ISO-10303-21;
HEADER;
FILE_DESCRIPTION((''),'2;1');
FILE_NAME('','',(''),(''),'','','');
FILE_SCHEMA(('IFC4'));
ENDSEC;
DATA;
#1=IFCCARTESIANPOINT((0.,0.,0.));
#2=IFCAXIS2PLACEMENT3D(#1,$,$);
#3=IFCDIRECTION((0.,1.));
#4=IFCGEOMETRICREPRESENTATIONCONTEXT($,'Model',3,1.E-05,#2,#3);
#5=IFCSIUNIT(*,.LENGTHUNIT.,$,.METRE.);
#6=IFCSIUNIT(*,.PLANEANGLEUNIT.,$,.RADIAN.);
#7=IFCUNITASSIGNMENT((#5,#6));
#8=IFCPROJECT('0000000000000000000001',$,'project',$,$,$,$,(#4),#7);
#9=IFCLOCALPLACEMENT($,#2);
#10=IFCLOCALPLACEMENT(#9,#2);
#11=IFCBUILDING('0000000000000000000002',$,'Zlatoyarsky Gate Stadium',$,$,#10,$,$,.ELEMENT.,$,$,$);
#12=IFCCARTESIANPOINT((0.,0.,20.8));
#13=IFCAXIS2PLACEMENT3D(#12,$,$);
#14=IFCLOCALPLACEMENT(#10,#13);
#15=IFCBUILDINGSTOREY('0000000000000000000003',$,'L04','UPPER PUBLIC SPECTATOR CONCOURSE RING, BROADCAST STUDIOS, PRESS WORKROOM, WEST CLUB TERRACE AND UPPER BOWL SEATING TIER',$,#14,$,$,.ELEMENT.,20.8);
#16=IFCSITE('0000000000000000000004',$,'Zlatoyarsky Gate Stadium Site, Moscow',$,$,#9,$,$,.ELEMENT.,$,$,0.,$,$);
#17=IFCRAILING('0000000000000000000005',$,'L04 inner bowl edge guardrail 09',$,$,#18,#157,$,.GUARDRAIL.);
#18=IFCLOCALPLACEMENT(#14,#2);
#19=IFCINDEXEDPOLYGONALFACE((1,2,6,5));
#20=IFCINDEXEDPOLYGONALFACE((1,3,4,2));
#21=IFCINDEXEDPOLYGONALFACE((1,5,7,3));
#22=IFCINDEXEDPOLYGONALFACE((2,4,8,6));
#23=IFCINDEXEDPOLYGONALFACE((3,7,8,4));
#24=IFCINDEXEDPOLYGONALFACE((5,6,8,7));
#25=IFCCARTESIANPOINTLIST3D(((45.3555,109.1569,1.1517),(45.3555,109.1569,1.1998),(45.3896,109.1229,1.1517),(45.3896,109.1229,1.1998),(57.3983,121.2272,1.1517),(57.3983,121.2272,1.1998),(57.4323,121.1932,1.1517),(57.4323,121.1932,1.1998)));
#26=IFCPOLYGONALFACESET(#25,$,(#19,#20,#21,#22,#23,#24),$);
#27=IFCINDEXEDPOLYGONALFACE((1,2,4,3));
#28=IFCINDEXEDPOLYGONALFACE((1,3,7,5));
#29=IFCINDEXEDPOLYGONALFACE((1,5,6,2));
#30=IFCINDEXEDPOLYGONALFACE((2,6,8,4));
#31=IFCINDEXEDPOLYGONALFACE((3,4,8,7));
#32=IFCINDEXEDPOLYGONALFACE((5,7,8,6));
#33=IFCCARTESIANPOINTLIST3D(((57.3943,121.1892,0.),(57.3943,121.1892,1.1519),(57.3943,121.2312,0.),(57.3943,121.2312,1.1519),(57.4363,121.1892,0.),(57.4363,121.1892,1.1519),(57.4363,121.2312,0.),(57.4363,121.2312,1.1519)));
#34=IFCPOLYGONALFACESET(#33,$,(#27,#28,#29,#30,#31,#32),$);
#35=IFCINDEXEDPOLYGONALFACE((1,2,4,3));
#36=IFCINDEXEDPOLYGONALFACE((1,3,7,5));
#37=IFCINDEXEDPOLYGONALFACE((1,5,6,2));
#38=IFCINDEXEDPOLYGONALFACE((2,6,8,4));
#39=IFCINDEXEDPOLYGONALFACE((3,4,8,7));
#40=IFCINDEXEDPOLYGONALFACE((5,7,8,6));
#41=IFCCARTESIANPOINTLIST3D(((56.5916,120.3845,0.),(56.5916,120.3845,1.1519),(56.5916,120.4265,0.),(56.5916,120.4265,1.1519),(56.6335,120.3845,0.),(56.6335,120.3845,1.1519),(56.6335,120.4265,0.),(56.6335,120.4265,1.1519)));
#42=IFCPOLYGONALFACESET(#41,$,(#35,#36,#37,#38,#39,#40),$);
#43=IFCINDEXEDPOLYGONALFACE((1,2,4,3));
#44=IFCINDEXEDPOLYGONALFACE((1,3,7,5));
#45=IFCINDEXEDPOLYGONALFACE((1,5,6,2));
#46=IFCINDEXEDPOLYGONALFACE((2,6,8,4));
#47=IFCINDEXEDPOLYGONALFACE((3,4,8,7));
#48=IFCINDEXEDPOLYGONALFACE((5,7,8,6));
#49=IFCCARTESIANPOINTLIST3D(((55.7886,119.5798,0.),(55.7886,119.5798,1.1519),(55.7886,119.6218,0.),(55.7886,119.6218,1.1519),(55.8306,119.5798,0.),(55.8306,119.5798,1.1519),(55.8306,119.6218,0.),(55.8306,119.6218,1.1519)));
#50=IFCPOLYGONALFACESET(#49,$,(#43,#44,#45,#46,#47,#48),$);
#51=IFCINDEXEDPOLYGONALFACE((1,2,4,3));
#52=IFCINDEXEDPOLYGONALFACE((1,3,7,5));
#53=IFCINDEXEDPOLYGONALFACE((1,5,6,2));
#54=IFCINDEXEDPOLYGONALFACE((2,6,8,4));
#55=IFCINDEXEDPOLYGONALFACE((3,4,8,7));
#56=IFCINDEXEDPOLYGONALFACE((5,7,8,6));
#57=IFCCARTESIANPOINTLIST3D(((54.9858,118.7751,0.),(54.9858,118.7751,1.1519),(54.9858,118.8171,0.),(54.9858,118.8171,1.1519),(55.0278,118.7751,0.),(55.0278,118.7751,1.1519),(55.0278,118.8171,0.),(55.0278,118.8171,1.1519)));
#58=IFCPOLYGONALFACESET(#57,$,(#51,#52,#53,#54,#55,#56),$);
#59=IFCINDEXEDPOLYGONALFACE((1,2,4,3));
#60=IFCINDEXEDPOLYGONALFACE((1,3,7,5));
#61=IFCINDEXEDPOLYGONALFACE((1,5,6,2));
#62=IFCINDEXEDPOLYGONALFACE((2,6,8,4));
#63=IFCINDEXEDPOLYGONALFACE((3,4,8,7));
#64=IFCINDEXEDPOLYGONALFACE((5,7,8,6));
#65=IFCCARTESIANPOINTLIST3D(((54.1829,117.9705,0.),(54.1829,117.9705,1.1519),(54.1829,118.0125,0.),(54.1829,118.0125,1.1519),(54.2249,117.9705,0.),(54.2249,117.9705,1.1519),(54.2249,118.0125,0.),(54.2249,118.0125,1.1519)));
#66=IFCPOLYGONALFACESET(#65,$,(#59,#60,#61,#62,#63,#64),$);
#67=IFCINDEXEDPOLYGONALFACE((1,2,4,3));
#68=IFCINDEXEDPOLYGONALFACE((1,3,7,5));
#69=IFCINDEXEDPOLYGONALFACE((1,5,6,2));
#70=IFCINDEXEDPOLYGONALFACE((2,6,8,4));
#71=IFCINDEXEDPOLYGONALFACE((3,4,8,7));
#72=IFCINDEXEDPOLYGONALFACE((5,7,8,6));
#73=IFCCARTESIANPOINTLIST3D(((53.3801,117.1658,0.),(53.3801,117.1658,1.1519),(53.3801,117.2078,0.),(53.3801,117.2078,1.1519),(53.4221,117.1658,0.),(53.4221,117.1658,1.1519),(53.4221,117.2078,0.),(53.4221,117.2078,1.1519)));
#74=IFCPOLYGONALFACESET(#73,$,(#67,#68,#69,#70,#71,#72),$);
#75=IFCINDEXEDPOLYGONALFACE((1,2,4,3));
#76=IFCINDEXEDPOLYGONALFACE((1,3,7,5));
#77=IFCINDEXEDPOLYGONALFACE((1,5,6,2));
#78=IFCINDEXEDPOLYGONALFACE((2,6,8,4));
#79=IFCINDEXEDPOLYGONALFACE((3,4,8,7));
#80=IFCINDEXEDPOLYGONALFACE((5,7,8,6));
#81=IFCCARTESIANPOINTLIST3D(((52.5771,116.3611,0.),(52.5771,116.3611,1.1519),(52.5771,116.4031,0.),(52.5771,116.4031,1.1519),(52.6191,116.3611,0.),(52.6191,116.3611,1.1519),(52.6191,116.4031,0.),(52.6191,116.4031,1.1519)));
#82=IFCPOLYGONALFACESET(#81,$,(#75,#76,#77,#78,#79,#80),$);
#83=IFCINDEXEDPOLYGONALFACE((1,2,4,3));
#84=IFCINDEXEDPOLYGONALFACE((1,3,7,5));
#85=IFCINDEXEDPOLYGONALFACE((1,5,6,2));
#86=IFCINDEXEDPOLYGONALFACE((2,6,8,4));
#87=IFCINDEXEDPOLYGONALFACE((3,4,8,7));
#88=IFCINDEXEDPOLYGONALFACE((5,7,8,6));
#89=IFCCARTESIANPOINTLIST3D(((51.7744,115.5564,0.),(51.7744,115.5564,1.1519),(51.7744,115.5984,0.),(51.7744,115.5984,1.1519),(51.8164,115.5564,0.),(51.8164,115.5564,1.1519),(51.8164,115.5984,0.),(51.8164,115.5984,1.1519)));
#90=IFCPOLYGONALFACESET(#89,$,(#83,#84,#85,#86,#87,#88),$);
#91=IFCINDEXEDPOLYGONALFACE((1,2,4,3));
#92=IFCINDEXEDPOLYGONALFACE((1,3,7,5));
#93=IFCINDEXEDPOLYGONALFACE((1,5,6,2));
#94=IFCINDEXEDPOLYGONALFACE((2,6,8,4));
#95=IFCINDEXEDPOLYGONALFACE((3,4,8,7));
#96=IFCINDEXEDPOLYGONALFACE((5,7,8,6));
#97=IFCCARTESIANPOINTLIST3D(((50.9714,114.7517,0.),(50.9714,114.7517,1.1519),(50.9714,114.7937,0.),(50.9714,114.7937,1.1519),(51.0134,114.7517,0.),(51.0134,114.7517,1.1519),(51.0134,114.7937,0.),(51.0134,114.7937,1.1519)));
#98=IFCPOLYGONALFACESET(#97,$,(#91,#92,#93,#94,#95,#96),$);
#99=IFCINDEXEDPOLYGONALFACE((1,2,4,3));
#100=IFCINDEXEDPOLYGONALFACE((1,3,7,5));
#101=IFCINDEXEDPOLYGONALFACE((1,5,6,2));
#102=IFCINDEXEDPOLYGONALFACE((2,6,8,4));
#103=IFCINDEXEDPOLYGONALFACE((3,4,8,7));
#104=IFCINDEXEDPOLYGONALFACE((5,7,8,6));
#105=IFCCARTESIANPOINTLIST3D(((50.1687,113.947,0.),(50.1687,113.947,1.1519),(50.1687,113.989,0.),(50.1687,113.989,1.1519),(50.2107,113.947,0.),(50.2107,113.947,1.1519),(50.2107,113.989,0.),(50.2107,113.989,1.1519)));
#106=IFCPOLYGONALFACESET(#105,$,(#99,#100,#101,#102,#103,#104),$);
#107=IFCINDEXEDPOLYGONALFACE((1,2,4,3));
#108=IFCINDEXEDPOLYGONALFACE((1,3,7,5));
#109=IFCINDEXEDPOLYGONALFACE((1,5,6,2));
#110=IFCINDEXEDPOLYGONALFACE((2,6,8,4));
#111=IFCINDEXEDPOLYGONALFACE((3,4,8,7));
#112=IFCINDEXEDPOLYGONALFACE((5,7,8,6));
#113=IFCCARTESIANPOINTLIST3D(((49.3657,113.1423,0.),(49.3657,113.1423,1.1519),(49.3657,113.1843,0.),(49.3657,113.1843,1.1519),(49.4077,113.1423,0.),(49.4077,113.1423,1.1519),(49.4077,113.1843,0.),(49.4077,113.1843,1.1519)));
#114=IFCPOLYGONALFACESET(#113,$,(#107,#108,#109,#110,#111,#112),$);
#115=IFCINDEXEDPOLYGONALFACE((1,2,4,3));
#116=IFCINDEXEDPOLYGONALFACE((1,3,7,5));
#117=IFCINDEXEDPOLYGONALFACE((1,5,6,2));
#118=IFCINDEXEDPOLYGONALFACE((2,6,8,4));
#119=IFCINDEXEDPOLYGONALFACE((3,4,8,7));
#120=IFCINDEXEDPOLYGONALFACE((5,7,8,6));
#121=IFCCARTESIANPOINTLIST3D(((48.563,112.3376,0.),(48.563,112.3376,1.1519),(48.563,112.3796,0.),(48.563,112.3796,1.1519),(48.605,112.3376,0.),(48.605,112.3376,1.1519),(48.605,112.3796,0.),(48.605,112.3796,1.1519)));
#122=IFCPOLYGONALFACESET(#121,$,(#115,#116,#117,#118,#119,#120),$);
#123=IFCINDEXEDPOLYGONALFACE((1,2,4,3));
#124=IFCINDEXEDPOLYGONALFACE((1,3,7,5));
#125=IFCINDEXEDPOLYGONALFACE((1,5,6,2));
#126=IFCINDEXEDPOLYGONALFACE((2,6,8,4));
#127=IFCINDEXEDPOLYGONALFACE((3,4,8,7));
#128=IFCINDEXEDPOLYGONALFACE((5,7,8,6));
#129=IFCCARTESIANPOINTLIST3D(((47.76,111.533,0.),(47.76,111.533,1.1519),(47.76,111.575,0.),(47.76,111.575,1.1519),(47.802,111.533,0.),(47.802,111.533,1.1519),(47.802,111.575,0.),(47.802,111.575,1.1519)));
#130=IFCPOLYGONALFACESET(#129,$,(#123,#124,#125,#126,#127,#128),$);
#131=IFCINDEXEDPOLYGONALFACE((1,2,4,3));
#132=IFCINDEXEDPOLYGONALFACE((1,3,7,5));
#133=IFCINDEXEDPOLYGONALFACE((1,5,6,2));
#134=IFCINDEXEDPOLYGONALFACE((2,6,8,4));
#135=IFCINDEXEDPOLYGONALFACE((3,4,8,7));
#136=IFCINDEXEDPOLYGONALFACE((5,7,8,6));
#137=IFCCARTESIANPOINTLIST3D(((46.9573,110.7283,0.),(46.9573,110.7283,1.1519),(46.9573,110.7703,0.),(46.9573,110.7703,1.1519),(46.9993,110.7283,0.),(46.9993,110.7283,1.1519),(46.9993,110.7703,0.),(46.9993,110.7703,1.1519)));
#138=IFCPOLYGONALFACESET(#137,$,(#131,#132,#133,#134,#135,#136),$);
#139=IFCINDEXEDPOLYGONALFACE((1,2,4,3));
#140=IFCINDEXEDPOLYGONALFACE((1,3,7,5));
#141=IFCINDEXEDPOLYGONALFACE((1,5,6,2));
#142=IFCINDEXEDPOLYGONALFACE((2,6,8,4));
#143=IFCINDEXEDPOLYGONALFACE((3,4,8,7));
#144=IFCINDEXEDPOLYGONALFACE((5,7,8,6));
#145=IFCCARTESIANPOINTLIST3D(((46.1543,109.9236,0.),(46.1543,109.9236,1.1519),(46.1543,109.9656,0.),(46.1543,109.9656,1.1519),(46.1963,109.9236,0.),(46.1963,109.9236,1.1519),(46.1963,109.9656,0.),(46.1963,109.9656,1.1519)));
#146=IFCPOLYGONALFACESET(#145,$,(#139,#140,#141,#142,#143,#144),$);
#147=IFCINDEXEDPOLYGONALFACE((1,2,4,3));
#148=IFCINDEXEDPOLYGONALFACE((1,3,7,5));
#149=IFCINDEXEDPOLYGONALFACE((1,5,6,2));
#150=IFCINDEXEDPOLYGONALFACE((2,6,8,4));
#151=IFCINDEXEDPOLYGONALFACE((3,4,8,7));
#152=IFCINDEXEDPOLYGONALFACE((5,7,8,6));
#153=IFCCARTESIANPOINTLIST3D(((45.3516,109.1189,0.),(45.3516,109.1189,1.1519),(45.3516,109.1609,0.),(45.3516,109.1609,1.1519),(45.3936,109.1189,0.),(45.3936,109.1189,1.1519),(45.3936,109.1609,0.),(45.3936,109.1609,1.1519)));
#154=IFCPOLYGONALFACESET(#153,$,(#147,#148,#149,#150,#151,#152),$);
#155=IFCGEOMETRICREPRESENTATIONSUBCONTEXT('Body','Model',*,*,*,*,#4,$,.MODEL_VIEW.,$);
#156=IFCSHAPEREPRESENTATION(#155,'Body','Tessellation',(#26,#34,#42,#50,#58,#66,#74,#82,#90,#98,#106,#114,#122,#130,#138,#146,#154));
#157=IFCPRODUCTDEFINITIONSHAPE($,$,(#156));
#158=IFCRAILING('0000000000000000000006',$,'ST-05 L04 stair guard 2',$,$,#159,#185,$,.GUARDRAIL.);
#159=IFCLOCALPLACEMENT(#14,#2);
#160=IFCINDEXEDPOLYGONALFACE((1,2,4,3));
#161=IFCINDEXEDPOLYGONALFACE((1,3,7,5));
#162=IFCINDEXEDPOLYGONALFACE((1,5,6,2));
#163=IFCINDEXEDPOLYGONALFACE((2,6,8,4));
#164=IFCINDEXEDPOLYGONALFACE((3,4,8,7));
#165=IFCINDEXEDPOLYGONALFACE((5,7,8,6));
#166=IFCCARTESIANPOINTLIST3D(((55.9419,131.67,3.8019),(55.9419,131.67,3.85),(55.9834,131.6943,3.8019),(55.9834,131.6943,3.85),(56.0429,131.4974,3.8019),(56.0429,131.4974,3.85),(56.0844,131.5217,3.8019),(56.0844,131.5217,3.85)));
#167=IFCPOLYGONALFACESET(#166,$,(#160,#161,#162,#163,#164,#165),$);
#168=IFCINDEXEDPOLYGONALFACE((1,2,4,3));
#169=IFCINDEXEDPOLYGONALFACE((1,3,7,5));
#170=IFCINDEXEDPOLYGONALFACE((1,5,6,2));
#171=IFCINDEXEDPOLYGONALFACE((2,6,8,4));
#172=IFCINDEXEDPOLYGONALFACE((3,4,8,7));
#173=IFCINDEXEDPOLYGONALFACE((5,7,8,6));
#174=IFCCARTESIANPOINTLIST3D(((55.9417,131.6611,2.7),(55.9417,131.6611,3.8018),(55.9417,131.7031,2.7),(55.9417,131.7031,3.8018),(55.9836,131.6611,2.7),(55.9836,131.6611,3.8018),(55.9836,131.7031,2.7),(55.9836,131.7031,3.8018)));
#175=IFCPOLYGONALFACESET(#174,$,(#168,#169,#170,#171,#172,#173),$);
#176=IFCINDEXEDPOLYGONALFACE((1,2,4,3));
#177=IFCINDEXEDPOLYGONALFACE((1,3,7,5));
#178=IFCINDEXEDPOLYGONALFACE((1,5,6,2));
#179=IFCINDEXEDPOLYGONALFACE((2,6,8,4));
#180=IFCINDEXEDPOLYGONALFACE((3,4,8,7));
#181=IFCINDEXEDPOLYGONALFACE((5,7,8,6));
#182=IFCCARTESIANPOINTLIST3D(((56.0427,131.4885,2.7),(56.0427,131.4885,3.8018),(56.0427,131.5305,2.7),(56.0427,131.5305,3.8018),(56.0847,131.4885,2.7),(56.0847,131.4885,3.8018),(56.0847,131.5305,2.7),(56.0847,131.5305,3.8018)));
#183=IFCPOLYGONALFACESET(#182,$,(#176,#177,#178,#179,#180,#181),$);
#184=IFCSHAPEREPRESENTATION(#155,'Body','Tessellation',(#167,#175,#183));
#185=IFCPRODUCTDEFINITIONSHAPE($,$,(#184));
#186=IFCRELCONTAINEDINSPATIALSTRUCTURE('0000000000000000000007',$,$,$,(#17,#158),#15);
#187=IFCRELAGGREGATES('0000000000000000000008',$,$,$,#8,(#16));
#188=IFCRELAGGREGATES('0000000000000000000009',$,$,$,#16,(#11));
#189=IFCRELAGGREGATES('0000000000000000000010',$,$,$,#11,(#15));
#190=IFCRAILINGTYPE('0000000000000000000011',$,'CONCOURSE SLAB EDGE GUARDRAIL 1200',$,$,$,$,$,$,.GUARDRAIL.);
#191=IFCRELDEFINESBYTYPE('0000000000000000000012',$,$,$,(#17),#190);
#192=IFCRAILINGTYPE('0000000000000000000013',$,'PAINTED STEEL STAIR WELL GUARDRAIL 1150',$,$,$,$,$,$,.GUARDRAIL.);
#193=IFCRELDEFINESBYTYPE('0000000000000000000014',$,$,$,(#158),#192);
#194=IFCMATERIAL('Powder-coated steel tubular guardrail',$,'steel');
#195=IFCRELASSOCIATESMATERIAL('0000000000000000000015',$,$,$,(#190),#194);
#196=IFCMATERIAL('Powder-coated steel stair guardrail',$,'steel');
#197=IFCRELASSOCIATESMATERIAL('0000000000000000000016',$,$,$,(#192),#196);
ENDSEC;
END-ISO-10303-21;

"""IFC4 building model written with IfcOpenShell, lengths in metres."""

from ifc_helpers import new_model, si_unit, direction, frame, origin, origin_2d, place, context, subcontext, project, spatial, rectangle, extrude, material, type_object, element, save


model = new_model("IFC4")

# Units and contexts
model_context = context("Model", 3, precision=1e-05, world=origin(), true_north=direction((0.0, 1.0)))
body_context = subcontext(model_context, "Body", "Model", "MODEL_VIEW")
ifc_project = project(units=[si_unit("LENGTHUNIT", "METRE"), si_unit("PLANEANGLEUNIT", "RADIAN")], contexts=[model_context])

# Site, building, storey
site_placement = place(None, origin())
site = spatial("IfcSite", under=ifc_project, at=site_placement, Name="Zlatoyarsky Gate Stadium Site, Moscow", CompositionType="ELEMENT", RefElevation=0.0)
building_placement = place(site_placement, origin())
building = spatial("IfcBuilding", under=site, at=building_placement, Name="Zlatoyarsky Gate Stadium", CompositionType="ELEMENT")
storey_placement = place(building_placement, frame((0.0, 0.0, 20.8)))
storey = spatial("IfcBuildingStorey", under=building, at=storey_placement, Name="L04", Description="UPPER PUBLIC SPECTATOR CONCOURSE RING, BROADCAST STUDIOS, PRESS WORKROOM, WEST CLUB TERRACE AND UPPER BOWL SEATING TIER", CompositionType="ELEMENT", Elevation=20.8)

# Railings
ifc_material_1 = material(Name="Powder-coated steel tubular guardrail", Category="steel")
railing_type_1 = type_object("IfcRailingType", Name="CONCOURSE SLAB EDGE GUARDRAIL 1200", PredefinedType="GUARDRAIL", material=ifc_material_1)
railing_1_placement = place(storey_placement, frame((57.4153, 121.2102, 0.0)))
element("IfcRailing", 1, at=railing_1_placement, inside=storey, type_object=railing_type_1, Name="L04 inner bowl edge guardrail 09", PredefinedType="GUARDRAIL", context=body_context, shape_type="SweptSolid", body=[
    extrude(rectangle(XDim=0.0481, YDim=0.0481, at=origin_2d()), frame((0.0, 0.0, 1.1758), z_axis=(-0.706297, -0.707915, 0.0), x_axis=(0.707915, -0.706297, 0.0)), (0.0, 0.0, 1.0), 17.0505),
    extrude(rectangle(XDim=0.042, YDim=0.042, at=origin_2d()), origin(), (0.0, 0.0, 1.0), 1.1519),
    extrude(rectangle(XDim=0.042, YDim=0.042, at=origin_2d()), frame((-0.8027, -0.8047, 0.0)), (0.0, 0.0, 1.0), 1.1519),
    extrude(rectangle(XDim=0.042, YDim=0.042, at=origin_2d()), frame((-1.6057, -1.6094, 0.0)), (0.0, 0.0, 1.0), 1.1519),
    extrude(rectangle(XDim=0.042, YDim=0.042, at=origin_2d()), frame((-2.4084, -2.4141, 0.0)), (0.0, 0.0, 1.0), 1.1519),
    extrude(rectangle(XDim=0.042, YDim=0.042, at=origin_2d()), frame((-3.2114, -3.2188, 0.0)), (0.0, 0.0, 1.0), 1.1519),
    extrude(rectangle(XDim=0.042, YDim=0.042, at=origin_2d()), frame((-4.0142, -4.0234, 0.0)), (0.0, 0.0, 1.0), 1.1519),
    extrude(rectangle(XDim=0.042, YDim=0.042, at=origin_2d()), frame((-4.8171, -4.8281, 0.0)), (0.0, 0.0, 1.0), 1.1519),
    extrude(rectangle(XDim=0.042, YDim=0.042, at=origin_2d()), frame((-5.6199, -5.6328, 0.0)), (0.0, 0.0, 1.0), 1.1519),
    extrude(rectangle(XDim=0.042, YDim=0.042, at=origin_2d()), frame((-6.4229, -6.4375, 0.0)), (0.0, 0.0, 1.0), 1.1519),
    extrude(rectangle(XDim=0.042, YDim=0.042, at=origin_2d()), frame((-7.2256, -7.2422, 0.0)), (0.0, 0.0, 1.0), 1.1519),
    extrude(rectangle(XDim=0.042, YDim=0.042, at=origin_2d()), frame((-8.0286, -8.0469, 0.0)), (0.0, 0.0, 1.0), 1.1519),
    extrude(rectangle(XDim=0.042, YDim=0.042, at=origin_2d()), frame((-8.8313, -8.8516, 0.0)), (0.0, 0.0, 1.0), 1.1519),
    extrude(rectangle(XDim=0.042, YDim=0.042, at=origin_2d()), frame((-9.6343, -9.6562, 0.0)), (0.0, 0.0, 1.0), 1.1519),
    extrude(rectangle(XDim=0.042, YDim=0.042, at=origin_2d()), frame((-10.437, -10.4609, 0.0)), (0.0, 0.0, 1.0), 1.1519),
    extrude(rectangle(XDim=0.042, YDim=0.042, at=origin_2d()), frame((-11.24, -11.2656, 0.0)), (0.0, 0.0, 1.0), 1.1519),
    extrude(rectangle(XDim=0.042, YDim=0.042, at=origin_2d()), frame((-12.0427, -12.0703, 0.0)), (0.0, 0.0, 1.0), 1.1519),
])
ifc_material_2 = material(Name="Powder-coated steel stair guardrail", Category="steel")
railing_type_2 = type_object("IfcRailingType", Name="PAINTED STEEL STAIR WELL GUARDRAIL 1150", PredefinedType="GUARDRAIL", material=ifc_material_2)
railing_2_placement = place(storey_placement, frame((55.9626, 131.6821, 2.7)))
element("IfcRailing", 2, at=railing_2_placement, inside=storey, type_object=railing_type_2, Name="ST-05 L04 stair guard 2", PredefinedType="GUARDRAIL", context=body_context, shape_type="SweptSolid", body=[
    extrude(rectangle(XDim=0.0481, YDim=0.0481, at=origin_2d()), frame((0.0, 0.0, 1.126), z_axis=(0.505312, -0.862937, 0.0), x_axis=(0.862937, 0.505312, 0.0)), (0.0, 0.0, 1.0), 0.2),
    extrude(rectangle(XDim=0.042, YDim=0.042, at=origin_2d()), origin(), (0.0, 0.0, 1.0), 1.1018),
    extrude(rectangle(XDim=0.042, YDim=0.042, at=origin_2d()), frame((0.1011, -0.1726, 0.0)), (0.0, 0.0, 1.0), 1.1018),
])

save(model, "model.ifc")
